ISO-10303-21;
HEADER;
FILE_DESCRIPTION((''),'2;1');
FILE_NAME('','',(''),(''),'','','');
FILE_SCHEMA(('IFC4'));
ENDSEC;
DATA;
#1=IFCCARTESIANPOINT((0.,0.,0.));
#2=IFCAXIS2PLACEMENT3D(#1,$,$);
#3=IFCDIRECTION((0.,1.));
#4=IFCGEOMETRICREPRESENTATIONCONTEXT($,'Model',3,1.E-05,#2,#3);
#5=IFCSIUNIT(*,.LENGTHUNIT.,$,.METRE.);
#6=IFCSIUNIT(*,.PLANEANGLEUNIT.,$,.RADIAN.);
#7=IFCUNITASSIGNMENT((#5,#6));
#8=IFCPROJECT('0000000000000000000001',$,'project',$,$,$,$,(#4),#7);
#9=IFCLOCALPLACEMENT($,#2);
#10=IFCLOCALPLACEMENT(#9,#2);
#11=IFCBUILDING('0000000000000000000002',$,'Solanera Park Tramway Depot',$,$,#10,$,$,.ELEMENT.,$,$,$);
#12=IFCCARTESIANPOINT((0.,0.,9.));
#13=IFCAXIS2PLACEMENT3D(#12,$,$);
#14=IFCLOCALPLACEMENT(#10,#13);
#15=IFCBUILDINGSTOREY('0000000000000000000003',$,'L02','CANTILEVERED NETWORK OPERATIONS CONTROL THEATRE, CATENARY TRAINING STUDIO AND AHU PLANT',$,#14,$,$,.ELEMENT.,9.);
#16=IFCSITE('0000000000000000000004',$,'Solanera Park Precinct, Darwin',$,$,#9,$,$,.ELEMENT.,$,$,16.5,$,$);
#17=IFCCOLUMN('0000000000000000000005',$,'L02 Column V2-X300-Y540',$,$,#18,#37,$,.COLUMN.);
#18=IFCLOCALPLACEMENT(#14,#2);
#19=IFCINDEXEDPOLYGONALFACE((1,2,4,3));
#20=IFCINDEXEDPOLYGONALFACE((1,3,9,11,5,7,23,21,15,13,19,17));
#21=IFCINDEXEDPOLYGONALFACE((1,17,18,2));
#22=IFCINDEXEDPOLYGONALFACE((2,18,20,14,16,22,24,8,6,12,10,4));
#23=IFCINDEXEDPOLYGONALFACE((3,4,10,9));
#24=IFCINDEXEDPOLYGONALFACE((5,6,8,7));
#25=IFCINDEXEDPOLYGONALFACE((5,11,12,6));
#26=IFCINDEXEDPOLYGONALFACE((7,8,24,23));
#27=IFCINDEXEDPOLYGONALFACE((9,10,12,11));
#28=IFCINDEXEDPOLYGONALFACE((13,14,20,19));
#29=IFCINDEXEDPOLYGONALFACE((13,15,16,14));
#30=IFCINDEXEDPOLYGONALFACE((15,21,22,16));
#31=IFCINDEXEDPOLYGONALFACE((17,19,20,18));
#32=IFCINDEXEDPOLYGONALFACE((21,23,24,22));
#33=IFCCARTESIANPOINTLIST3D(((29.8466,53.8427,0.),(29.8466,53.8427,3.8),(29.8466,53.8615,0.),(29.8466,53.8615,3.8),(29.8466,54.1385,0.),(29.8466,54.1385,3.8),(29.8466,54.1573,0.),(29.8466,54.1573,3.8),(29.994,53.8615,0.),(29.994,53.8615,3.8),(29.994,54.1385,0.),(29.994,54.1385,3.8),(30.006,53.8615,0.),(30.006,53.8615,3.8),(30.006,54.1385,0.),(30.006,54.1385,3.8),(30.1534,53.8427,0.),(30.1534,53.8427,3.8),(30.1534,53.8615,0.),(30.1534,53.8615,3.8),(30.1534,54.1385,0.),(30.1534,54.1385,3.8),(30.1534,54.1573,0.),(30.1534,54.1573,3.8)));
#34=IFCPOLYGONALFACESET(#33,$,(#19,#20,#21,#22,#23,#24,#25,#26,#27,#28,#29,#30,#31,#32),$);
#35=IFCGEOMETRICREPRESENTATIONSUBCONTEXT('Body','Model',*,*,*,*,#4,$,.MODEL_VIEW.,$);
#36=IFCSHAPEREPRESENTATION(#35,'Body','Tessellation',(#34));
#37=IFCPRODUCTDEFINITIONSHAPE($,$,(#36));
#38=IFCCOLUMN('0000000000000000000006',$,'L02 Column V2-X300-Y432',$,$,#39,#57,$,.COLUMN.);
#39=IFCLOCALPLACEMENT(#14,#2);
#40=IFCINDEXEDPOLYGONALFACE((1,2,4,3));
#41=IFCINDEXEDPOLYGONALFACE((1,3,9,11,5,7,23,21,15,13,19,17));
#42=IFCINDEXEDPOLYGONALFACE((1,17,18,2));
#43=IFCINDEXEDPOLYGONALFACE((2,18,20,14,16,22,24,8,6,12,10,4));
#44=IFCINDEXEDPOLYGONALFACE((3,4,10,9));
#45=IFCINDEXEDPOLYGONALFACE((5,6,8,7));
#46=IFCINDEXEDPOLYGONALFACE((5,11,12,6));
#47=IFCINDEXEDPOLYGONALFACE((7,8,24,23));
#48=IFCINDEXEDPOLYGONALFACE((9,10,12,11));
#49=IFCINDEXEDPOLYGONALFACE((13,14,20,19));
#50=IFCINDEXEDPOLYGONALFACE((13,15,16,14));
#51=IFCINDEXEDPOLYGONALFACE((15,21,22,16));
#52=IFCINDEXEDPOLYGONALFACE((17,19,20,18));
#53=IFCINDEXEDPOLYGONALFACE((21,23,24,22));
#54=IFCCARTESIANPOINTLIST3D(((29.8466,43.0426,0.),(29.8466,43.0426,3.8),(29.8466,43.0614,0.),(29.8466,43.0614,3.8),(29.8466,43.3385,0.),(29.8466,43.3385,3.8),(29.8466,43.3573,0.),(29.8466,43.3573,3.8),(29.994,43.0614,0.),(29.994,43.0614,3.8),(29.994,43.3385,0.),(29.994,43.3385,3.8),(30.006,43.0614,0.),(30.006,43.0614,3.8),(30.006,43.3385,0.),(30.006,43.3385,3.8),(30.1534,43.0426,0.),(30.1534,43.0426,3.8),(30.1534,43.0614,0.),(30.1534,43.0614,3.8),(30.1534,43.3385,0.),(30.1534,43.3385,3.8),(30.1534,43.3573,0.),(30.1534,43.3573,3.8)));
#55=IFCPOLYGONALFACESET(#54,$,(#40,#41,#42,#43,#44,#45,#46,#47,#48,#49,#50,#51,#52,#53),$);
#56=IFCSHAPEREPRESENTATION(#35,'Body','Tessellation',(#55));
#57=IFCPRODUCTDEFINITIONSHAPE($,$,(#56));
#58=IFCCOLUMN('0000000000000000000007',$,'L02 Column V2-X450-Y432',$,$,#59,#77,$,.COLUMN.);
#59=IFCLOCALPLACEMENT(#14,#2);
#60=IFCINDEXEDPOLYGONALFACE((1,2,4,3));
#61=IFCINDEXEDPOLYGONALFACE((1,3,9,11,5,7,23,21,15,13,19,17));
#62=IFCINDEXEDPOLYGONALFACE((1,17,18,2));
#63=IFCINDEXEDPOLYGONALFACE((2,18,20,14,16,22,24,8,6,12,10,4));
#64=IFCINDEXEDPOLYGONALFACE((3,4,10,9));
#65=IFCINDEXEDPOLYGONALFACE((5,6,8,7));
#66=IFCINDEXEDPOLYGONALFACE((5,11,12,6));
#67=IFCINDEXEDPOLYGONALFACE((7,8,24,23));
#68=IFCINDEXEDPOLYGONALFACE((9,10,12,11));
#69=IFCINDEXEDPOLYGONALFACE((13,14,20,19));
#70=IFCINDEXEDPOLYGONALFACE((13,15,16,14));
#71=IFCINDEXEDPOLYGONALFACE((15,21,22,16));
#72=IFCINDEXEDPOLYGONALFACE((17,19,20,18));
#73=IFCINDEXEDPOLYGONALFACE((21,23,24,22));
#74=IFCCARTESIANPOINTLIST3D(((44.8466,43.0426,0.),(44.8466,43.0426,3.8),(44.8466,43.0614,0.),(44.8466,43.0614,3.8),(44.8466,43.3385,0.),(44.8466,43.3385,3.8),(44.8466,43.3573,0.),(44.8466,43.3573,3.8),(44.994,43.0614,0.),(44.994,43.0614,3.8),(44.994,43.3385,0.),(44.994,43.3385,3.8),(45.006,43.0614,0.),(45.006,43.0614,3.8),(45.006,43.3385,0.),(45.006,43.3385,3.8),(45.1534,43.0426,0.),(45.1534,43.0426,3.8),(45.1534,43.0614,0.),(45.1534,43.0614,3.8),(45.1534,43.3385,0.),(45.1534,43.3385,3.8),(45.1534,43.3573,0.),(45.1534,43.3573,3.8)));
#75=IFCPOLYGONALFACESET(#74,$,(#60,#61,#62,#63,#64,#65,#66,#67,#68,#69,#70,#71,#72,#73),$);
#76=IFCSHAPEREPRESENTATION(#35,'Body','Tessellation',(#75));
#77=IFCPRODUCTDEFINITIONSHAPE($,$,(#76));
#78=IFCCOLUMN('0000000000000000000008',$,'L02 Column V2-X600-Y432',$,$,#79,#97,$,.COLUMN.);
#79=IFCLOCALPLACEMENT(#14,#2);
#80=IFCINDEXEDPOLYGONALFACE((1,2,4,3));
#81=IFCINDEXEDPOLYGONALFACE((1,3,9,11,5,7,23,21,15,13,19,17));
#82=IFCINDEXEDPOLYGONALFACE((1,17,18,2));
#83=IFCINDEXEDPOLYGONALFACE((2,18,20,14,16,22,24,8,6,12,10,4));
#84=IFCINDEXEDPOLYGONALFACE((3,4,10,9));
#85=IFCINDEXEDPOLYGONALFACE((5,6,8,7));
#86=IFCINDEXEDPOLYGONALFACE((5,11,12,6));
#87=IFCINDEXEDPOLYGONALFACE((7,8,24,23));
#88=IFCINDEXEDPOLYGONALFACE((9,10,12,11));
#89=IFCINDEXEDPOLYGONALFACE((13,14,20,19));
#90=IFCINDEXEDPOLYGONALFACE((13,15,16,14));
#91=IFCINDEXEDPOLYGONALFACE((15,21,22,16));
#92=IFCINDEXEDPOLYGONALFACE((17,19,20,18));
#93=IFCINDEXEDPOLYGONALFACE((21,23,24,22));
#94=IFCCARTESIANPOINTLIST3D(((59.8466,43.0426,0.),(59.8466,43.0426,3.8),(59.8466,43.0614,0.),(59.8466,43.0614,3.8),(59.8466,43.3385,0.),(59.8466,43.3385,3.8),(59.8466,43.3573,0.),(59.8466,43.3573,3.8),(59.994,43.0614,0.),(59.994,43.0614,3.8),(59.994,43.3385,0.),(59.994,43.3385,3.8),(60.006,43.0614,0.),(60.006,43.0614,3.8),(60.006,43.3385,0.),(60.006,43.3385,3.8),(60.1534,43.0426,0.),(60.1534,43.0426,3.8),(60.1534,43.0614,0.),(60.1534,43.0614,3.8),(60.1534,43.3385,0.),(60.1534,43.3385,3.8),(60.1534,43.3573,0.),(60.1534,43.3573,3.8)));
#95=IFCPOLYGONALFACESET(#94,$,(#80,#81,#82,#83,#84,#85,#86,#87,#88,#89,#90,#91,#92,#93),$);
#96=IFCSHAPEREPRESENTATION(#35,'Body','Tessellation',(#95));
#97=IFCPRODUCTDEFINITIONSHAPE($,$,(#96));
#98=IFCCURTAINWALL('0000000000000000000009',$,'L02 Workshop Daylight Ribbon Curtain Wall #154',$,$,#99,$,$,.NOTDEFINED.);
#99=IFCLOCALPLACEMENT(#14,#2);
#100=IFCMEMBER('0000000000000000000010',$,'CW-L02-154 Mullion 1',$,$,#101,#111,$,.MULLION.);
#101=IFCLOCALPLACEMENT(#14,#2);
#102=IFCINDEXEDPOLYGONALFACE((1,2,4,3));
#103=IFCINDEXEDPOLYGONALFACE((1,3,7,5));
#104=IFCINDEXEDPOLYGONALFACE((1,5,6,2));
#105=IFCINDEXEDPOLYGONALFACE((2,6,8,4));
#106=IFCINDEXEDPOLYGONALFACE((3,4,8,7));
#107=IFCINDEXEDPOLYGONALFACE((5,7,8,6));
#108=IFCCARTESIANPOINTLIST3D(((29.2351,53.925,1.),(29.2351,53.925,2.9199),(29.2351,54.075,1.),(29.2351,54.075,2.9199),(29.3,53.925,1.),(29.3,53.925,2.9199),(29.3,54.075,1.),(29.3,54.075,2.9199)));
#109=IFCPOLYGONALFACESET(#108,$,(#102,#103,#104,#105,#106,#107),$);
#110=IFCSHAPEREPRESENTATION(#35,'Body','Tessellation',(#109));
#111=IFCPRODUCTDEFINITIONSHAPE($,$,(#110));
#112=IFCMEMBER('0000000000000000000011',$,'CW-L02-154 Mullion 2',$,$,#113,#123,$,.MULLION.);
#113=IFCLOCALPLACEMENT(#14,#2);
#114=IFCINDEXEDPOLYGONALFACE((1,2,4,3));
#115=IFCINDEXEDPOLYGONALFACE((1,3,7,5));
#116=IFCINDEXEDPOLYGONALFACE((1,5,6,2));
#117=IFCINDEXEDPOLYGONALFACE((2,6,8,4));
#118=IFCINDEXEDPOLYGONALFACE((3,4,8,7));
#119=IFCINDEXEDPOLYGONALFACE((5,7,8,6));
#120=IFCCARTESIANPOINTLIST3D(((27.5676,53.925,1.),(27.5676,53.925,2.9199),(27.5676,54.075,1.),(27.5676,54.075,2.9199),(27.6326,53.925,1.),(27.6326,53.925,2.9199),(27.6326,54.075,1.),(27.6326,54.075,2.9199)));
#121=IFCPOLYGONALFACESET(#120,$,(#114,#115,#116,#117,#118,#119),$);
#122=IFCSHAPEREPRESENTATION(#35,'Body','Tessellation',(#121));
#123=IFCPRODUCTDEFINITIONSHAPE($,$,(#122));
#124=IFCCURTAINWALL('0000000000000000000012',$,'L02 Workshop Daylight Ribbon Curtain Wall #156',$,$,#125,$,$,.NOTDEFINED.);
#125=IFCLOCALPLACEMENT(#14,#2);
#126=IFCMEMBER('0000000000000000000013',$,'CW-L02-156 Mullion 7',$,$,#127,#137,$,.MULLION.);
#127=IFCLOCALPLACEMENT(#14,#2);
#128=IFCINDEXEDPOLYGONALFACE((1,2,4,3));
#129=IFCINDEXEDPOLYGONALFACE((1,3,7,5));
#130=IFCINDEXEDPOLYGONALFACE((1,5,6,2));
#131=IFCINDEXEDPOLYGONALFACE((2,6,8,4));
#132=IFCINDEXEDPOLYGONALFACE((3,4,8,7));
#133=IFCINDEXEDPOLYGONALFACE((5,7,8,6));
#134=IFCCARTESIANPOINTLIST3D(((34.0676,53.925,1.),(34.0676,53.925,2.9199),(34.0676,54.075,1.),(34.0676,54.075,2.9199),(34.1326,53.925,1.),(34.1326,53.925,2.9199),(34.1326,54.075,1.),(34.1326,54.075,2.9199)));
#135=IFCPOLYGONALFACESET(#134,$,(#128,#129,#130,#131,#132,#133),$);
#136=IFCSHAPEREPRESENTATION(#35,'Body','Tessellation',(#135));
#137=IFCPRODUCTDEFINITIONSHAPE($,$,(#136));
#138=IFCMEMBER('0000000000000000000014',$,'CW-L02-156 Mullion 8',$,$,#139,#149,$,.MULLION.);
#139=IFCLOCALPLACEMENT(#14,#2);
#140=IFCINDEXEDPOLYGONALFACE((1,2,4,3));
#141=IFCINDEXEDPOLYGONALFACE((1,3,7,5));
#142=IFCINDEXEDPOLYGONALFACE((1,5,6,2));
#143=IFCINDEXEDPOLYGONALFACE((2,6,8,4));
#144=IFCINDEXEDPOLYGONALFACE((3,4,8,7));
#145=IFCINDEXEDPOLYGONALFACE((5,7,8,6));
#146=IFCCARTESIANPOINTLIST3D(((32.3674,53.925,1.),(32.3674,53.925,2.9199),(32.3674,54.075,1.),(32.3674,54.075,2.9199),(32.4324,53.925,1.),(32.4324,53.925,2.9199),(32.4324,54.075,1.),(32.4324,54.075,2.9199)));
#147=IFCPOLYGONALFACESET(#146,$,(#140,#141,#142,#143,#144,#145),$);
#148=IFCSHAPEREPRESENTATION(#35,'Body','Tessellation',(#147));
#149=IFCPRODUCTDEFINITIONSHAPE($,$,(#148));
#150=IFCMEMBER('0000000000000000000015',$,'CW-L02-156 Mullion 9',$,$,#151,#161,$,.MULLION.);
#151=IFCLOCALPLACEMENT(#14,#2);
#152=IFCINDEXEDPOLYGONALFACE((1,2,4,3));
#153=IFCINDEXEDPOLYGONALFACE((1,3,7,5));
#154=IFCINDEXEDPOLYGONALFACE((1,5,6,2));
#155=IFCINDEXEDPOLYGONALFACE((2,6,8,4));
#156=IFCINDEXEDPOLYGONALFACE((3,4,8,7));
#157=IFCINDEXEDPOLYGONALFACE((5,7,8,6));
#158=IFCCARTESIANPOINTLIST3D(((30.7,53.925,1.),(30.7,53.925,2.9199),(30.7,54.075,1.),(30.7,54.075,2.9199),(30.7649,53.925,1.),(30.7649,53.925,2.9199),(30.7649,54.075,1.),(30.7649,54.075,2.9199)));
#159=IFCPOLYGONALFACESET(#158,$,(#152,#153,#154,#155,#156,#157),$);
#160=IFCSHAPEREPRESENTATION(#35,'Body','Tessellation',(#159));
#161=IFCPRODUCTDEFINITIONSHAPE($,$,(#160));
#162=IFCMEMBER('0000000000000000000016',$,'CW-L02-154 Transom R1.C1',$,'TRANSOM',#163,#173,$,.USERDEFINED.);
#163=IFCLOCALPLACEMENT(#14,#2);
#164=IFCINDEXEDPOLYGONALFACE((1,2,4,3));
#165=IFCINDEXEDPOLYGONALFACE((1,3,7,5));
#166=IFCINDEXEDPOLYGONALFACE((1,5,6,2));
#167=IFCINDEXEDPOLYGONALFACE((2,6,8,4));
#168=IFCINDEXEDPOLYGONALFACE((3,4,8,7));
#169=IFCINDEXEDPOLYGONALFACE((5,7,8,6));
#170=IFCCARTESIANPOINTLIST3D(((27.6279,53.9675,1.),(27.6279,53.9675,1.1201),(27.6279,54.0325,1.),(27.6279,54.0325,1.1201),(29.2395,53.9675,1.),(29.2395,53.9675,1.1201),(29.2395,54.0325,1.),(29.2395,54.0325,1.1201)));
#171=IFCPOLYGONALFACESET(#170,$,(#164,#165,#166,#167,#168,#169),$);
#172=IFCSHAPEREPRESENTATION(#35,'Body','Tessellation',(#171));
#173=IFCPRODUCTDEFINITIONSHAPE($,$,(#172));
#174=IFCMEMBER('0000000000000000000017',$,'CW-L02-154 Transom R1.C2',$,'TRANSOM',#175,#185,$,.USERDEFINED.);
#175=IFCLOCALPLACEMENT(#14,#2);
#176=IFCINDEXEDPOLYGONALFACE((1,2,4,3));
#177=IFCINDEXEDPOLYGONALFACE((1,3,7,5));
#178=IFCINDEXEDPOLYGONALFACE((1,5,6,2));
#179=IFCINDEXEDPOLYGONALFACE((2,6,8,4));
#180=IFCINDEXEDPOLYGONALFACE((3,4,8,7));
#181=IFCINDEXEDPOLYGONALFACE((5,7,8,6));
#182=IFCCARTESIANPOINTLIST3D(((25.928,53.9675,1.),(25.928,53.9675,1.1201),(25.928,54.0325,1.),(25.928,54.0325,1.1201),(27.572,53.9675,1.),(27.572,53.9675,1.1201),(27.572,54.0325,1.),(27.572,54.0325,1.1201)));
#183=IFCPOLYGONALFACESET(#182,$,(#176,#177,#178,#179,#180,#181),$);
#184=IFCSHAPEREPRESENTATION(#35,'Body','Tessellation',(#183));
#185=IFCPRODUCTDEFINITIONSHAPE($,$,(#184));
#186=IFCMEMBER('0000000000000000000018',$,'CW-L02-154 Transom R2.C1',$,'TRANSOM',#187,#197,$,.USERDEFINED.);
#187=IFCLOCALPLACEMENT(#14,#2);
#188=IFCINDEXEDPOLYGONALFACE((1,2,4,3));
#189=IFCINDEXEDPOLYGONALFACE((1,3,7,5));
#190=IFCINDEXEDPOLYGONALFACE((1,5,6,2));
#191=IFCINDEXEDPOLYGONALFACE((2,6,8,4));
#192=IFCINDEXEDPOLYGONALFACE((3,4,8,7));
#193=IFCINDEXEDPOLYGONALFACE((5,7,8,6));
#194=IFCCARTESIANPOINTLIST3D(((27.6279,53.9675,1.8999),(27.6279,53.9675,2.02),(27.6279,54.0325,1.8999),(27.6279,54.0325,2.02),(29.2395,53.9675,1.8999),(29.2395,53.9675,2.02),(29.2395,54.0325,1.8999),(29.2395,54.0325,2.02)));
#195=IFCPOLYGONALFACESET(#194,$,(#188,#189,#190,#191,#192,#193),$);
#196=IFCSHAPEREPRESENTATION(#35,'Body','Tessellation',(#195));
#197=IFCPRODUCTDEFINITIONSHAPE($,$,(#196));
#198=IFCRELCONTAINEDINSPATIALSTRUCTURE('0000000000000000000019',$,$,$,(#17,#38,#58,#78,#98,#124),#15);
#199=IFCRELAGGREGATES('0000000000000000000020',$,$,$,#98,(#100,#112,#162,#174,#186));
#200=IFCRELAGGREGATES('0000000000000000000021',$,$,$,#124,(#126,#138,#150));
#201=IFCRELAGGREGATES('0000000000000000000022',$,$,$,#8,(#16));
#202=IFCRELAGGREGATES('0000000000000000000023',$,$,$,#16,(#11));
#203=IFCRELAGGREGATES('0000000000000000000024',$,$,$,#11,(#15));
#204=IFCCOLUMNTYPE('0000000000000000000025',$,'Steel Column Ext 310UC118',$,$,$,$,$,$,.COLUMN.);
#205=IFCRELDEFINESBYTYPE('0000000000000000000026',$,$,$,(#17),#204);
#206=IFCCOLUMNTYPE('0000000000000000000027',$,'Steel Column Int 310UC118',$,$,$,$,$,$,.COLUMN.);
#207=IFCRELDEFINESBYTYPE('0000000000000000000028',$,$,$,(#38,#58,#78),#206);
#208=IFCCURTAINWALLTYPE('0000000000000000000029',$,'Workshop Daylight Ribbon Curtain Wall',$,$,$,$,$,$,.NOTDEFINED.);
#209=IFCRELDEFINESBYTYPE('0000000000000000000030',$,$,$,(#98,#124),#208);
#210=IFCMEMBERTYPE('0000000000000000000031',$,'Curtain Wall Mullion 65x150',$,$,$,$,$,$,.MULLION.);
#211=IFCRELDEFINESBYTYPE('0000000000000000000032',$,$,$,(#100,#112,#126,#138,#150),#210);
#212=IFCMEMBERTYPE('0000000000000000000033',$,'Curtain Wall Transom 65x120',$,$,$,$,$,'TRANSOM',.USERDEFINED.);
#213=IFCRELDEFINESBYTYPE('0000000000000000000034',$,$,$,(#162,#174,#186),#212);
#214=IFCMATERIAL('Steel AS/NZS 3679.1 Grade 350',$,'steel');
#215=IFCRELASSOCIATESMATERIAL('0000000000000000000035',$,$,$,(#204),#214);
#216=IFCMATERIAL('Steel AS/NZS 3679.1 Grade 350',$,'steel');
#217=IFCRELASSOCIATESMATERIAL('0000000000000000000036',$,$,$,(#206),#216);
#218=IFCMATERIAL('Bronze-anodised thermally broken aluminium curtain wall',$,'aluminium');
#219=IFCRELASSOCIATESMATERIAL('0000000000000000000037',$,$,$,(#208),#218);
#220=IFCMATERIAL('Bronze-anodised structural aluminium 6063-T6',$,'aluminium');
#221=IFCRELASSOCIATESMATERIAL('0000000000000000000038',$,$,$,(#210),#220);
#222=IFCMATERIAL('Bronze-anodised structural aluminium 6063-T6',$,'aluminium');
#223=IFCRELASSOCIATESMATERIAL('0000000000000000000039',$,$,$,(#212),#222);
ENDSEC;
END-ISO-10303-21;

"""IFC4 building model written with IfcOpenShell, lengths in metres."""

from ifc_helpers import new_model, si_unit, direction, frame, origin, origin_2d, place, context, subcontext, project, spatial, rectangle, i_section, extrude, material, material_profile, profile_set, type_object, element, aggregate, save


model = new_model("IFC4")

# Units and contexts
model_context = context("Model", 3, precision=1e-05, world=origin(), true_north=direction((0.0, 1.0)))
body_context = subcontext(model_context, "Body", "Model", "MODEL_VIEW")
ifc_project = project(units=[si_unit("LENGTHUNIT", "METRE"), si_unit("PLANEANGLEUNIT", "RADIAN")], contexts=[model_context])

# Site, building, storey
site_placement = place(None, origin())
site = spatial("IfcSite", under=ifc_project, at=site_placement, Name="Solanera Park Precinct, Darwin", CompositionType="ELEMENT", RefElevation=16.5)
building_placement = place(site_placement, origin())
building = spatial("IfcBuilding", under=site, at=building_placement, Name="Solanera Park Tramway Depot", CompositionType="ELEMENT")
storey_placement = place(building_placement, frame((0.0, 0.0, 9.0)))
storey = spatial("IfcBuildingStorey", under=building, at=storey_placement, Name="L02", Description="CANTILEVERED NETWORK OPERATIONS CONTROL THEATRE, CATENARY TRAINING STUDIO AND AHU PLANT", CompositionType="ELEMENT", Elevation=9.0)

# Columns
ifc_material_1 = material(Name="Steel AS/NZS 3679.1 Grade 350", Category="steel")
ifc_material_profile_1 = material_profile(ifc_material_1, i_section(OverallWidth=0.3069, OverallDepth=0.3147, WebThickness=0.012, FlangeThickness=0.0188, at=origin_2d()), Name="310UC118")
ifc_profile_set_1 = profile_set([ifc_material_profile_1], Name="Steel AS/NZS 3679.1 Grade 350")
column_type_1 = type_object("IfcColumnType", Name="Steel Column Ext 310UC118", PredefinedType="COLUMN", material=ifc_profile_set_1)
column_placement = place(storey_placement, frame((30.0, 54.0, 0.0), z_axis=(0.0, 0.0, 1.0), x_axis=(1.0, 0.0, 0.0)))
element("IfcColumn", 1, at=column_placement, inside=storey, type_object=column_type_1, Name="L02 Column V2-X300-Y540", PredefinedType="COLUMN", context=body_context, shape_type="SweptSolid", body=[
    extrude(i_section(OverallWidth=0.3069, OverallDepth=0.3147, WebThickness=0.012, FlangeThickness=0.0188, at=origin_2d()), origin(), (0.0, 0.0, 1.0), 3.8),
])
ifc_material_2 = material(Name="Steel AS/NZS 3679.1 Grade 350", Category="steel")
ifc_material_profile_2 = material_profile(ifc_material_2, i_section(OverallWidth=0.3069, OverallDepth=0.3147, WebThickness=0.012, FlangeThickness=0.0188, at=origin_2d()), Name="310UC118")
ifc_profile_set_2 = profile_set([ifc_material_profile_2], Name="Steel AS/NZS 3679.1 Grade 350")
column_type_2 = type_object("IfcColumnType", Name="Steel Column Int 310UC118", PredefinedType="COLUMN", material=ifc_profile_set_2)
for number, where, z_axis, x_axis, name in (
    (2, (30.0, 43.2, 0.0), (0.0, 0.0, 1.0), (1.0, 0.0, 0.0), "L02 Column V2-X300-Y432"),
    (3, (45.0, 43.2, 0.0), (0.0, 0.0, 1.0), (1.0, 0.0, 0.0), "L02 Column V2-X450-Y432"),
    (4, (60.0, 43.2, 0.0), (0.0, 0.0, 1.0), (1.0, 0.0, 0.0), "L02 Column V2-X600-Y432"),
):
    element("IfcColumn", number, at=place(storey_placement, frame(where, z_axis=z_axis, x_axis=x_axis)), inside=storey, type_object=column_type_2, Name=name, PredefinedType="COLUMN", context=body_context, shape_type="SweptSolid", body=[
        extrude(i_section(OverallWidth=0.3069, OverallDepth=0.3147, WebThickness=0.012, FlangeThickness=0.0188, at=origin_2d()), origin(), (0.0, 0.0, 1.0), 3.8),
    ])

# Curtain walls, members
ifc_material_3 = material(Name="Bronze-anodised thermally broken aluminium curtain wall", Category="aluminium")
curtain_wall_type = type_object("IfcCurtainWallType", Name="Workshop Daylight Ribbon Curtain Wall", PredefinedType="NOTDEFINED", material=ifc_material_3)
curtain_wall_1_placement = place(storey_placement, origin())
curtain_wall_1 = element("IfcCurtainWall", 5, at=curtain_wall_1_placement, inside=storey, type_object=curtain_wall_type, Name="L02 Workshop Daylight Ribbon Curtain Wall #154", PredefinedType="NOTDEFINED")
ifc_material_4 = material(Name="Bronze-anodised structural aluminium 6063-T6", Category="aluminium")
ifc_material_profile_3 = material_profile(ifc_material_4, rectangle(XDim=0.0649, YDim=0.1499, at=origin_2d()), Name="Curtain Wall Mullion 65x150")
ifc_profile_set_3 = profile_set([ifc_material_profile_3], Name="Bronze-anodised structural aluminium 6063-T6")
member_type_1 = type_object("IfcMemberType", Name="Curtain Wall Mullion 65x150", PredefinedType="MULLION", material=ifc_profile_set_3)
member_1_placement = place(storey_placement, frame((29.2676, 54.0, 1.0), z_axis=(0.0, 0.0, 1.0), x_axis=(1.0, 0.0, 0.0)))
member_1 = element("IfcMember", 6, at=member_1_placement, type_object=member_type_1, Name="CW-L02-154 Mullion 1", PredefinedType="MULLION", context=body_context, shape_type="SweptSolid", body=[
    extrude(rectangle(XDim=0.0649, YDim=0.1499, at=origin_2d()), origin(), (0.0, 0.0, 1.0), 1.9199),
])
member_2_placement = place(storey_placement, frame((27.6001, 54.0, 1.0), z_axis=(0.0, 0.0, 1.0), x_axis=(1.0, 0.0, 0.0)))
member_2 = element("IfcMember", 7, at=member_2_placement, type_object=member_type_1, Name="CW-L02-154 Mullion 2", PredefinedType="MULLION", context=body_context, shape_type="SweptSolid", body=[
    extrude(rectangle(XDim=0.0649, YDim=0.1499, at=origin_2d()), origin(), (0.0, 0.0, 1.0), 1.9199),
])
curtain_wall_2_placement = place(storey_placement, origin())
curtain_wall_2 = element("IfcCurtainWall", 8, at=curtain_wall_2_placement, inside=storey, type_object=curtain_wall_type, Name="L02 Workshop Daylight Ribbon Curtain Wall #156", PredefinedType="NOTDEFINED")
member_3_placement = place(storey_placement, frame((34.1001, 54.0, 1.0), z_axis=(0.0, 0.0, 1.0), x_axis=(1.0, 0.0, 0.0)))
member_3 = element("IfcMember", 9, at=member_3_placement, type_object=member_type_1, Name="CW-L02-156 Mullion 7", PredefinedType="MULLION", context=body_context, shape_type="SweptSolid", body=[
    extrude(rectangle(XDim=0.0649, YDim=0.1499, at=origin_2d()), origin(), (0.0, 0.0, 1.0), 1.9199),
])
member_4_placement = place(storey_placement, frame((32.3999, 54.0, 1.0), z_axis=(0.0, 0.0, 1.0), x_axis=(1.0, 0.0, 0.0)))
member_4 = element("IfcMember", 10, at=member_4_placement, type_object=member_type_1, Name="CW-L02-156 Mullion 8", PredefinedType="MULLION", context=body_context, shape_type="SweptSolid", body=[
    extrude(rectangle(XDim=0.0649, YDim=0.1499, at=origin_2d()), origin(), (0.0, 0.0, 1.0), 1.9199),
])
member_5_placement = place(storey_placement, frame((30.7324, 54.0, 1.0), z_axis=(0.0, 0.0, 1.0), x_axis=(1.0, 0.0, 0.0)))
member_5 = element("IfcMember", 11, at=member_5_placement, type_object=member_type_1, Name="CW-L02-156 Mullion 9", PredefinedType="MULLION", context=body_context, shape_type="SweptSolid", body=[
    extrude(rectangle(XDim=0.0649, YDim=0.1499, at=origin_2d()), origin(), (0.0, 0.0, 1.0), 1.9199),
])

# Members
ifc_material_5 = material(Name="Bronze-anodised structural aluminium 6063-T6", Category="aluminium")
ifc_material_profile_4 = material_profile(ifc_material_5, rectangle(XDim=0.0649, YDim=0.1201, at=origin_2d()), Name="Curtain Wall Transom 65x120")
ifc_profile_set_4 = profile_set([ifc_material_profile_4], Name="Bronze-anodised structural aluminium 6063-T6")
member_type_2 = type_object("IfcMemberType", Name="Curtain Wall Transom 65x120", ElementType="TRANSOM", PredefinedType="USERDEFINED", material=ifc_profile_set_4)
member_6_placement = place(storey_placement, frame((29.2395, 54.0, 1.0601), z_axis=(-1.0, 0.0, 0.0), x_axis=(0.0, -1.0, 0.0)))
member_6 = element("IfcMember", 12, at=member_6_placement, type_object=member_type_2, Name="CW-L02-154 Transom R1.C1", ObjectType="TRANSOM", PredefinedType="USERDEFINED", context=body_context, shape_type="SweptSolid", body=[
    extrude(rectangle(XDim=0.0649, YDim=0.1201, at=origin_2d()), origin(), (0.0, 0.0, 1.0), 1.6116),
])
member_7_placement = place(storey_placement, frame((27.572, 54.0, 1.0601), z_axis=(-1.0, 0.0, 0.0), x_axis=(0.0, -1.0, 0.0)))
member_7 = element("IfcMember", 13, at=member_7_placement, type_object=member_type_2, Name="CW-L02-154 Transom R1.C2", ObjectType="TRANSOM", PredefinedType="USERDEFINED", context=body_context, shape_type="SweptSolid", body=[
    extrude(rectangle(XDim=0.0649, YDim=0.1201, at=origin_2d()), origin(), (0.0, 0.0, 1.0), 1.644),
])
member_8_placement = place(storey_placement, frame((29.2395, 54.0, 1.96), z_axis=(-1.0, 0.0, 0.0), x_axis=(0.0, -1.0, 0.0)))
member_8 = element("IfcMember", 14, at=member_8_placement, type_object=member_type_2, Name="CW-L02-154 Transom R2.C1", ObjectType="TRANSOM", PredefinedType="USERDEFINED", context=body_context, shape_type="SweptSolid", body=[
    extrude(rectangle(XDim=0.0649, YDim=0.1201, at=origin_2d()), origin(), (0.0, 0.0, 1.0), 1.6116),
])

aggregate(curtain_wall_1, [member_1, member_2, member_6, member_7, member_8])
aggregate(curtain_wall_2, [member_3, member_4, member_5])

save(model, "model.ifc")
